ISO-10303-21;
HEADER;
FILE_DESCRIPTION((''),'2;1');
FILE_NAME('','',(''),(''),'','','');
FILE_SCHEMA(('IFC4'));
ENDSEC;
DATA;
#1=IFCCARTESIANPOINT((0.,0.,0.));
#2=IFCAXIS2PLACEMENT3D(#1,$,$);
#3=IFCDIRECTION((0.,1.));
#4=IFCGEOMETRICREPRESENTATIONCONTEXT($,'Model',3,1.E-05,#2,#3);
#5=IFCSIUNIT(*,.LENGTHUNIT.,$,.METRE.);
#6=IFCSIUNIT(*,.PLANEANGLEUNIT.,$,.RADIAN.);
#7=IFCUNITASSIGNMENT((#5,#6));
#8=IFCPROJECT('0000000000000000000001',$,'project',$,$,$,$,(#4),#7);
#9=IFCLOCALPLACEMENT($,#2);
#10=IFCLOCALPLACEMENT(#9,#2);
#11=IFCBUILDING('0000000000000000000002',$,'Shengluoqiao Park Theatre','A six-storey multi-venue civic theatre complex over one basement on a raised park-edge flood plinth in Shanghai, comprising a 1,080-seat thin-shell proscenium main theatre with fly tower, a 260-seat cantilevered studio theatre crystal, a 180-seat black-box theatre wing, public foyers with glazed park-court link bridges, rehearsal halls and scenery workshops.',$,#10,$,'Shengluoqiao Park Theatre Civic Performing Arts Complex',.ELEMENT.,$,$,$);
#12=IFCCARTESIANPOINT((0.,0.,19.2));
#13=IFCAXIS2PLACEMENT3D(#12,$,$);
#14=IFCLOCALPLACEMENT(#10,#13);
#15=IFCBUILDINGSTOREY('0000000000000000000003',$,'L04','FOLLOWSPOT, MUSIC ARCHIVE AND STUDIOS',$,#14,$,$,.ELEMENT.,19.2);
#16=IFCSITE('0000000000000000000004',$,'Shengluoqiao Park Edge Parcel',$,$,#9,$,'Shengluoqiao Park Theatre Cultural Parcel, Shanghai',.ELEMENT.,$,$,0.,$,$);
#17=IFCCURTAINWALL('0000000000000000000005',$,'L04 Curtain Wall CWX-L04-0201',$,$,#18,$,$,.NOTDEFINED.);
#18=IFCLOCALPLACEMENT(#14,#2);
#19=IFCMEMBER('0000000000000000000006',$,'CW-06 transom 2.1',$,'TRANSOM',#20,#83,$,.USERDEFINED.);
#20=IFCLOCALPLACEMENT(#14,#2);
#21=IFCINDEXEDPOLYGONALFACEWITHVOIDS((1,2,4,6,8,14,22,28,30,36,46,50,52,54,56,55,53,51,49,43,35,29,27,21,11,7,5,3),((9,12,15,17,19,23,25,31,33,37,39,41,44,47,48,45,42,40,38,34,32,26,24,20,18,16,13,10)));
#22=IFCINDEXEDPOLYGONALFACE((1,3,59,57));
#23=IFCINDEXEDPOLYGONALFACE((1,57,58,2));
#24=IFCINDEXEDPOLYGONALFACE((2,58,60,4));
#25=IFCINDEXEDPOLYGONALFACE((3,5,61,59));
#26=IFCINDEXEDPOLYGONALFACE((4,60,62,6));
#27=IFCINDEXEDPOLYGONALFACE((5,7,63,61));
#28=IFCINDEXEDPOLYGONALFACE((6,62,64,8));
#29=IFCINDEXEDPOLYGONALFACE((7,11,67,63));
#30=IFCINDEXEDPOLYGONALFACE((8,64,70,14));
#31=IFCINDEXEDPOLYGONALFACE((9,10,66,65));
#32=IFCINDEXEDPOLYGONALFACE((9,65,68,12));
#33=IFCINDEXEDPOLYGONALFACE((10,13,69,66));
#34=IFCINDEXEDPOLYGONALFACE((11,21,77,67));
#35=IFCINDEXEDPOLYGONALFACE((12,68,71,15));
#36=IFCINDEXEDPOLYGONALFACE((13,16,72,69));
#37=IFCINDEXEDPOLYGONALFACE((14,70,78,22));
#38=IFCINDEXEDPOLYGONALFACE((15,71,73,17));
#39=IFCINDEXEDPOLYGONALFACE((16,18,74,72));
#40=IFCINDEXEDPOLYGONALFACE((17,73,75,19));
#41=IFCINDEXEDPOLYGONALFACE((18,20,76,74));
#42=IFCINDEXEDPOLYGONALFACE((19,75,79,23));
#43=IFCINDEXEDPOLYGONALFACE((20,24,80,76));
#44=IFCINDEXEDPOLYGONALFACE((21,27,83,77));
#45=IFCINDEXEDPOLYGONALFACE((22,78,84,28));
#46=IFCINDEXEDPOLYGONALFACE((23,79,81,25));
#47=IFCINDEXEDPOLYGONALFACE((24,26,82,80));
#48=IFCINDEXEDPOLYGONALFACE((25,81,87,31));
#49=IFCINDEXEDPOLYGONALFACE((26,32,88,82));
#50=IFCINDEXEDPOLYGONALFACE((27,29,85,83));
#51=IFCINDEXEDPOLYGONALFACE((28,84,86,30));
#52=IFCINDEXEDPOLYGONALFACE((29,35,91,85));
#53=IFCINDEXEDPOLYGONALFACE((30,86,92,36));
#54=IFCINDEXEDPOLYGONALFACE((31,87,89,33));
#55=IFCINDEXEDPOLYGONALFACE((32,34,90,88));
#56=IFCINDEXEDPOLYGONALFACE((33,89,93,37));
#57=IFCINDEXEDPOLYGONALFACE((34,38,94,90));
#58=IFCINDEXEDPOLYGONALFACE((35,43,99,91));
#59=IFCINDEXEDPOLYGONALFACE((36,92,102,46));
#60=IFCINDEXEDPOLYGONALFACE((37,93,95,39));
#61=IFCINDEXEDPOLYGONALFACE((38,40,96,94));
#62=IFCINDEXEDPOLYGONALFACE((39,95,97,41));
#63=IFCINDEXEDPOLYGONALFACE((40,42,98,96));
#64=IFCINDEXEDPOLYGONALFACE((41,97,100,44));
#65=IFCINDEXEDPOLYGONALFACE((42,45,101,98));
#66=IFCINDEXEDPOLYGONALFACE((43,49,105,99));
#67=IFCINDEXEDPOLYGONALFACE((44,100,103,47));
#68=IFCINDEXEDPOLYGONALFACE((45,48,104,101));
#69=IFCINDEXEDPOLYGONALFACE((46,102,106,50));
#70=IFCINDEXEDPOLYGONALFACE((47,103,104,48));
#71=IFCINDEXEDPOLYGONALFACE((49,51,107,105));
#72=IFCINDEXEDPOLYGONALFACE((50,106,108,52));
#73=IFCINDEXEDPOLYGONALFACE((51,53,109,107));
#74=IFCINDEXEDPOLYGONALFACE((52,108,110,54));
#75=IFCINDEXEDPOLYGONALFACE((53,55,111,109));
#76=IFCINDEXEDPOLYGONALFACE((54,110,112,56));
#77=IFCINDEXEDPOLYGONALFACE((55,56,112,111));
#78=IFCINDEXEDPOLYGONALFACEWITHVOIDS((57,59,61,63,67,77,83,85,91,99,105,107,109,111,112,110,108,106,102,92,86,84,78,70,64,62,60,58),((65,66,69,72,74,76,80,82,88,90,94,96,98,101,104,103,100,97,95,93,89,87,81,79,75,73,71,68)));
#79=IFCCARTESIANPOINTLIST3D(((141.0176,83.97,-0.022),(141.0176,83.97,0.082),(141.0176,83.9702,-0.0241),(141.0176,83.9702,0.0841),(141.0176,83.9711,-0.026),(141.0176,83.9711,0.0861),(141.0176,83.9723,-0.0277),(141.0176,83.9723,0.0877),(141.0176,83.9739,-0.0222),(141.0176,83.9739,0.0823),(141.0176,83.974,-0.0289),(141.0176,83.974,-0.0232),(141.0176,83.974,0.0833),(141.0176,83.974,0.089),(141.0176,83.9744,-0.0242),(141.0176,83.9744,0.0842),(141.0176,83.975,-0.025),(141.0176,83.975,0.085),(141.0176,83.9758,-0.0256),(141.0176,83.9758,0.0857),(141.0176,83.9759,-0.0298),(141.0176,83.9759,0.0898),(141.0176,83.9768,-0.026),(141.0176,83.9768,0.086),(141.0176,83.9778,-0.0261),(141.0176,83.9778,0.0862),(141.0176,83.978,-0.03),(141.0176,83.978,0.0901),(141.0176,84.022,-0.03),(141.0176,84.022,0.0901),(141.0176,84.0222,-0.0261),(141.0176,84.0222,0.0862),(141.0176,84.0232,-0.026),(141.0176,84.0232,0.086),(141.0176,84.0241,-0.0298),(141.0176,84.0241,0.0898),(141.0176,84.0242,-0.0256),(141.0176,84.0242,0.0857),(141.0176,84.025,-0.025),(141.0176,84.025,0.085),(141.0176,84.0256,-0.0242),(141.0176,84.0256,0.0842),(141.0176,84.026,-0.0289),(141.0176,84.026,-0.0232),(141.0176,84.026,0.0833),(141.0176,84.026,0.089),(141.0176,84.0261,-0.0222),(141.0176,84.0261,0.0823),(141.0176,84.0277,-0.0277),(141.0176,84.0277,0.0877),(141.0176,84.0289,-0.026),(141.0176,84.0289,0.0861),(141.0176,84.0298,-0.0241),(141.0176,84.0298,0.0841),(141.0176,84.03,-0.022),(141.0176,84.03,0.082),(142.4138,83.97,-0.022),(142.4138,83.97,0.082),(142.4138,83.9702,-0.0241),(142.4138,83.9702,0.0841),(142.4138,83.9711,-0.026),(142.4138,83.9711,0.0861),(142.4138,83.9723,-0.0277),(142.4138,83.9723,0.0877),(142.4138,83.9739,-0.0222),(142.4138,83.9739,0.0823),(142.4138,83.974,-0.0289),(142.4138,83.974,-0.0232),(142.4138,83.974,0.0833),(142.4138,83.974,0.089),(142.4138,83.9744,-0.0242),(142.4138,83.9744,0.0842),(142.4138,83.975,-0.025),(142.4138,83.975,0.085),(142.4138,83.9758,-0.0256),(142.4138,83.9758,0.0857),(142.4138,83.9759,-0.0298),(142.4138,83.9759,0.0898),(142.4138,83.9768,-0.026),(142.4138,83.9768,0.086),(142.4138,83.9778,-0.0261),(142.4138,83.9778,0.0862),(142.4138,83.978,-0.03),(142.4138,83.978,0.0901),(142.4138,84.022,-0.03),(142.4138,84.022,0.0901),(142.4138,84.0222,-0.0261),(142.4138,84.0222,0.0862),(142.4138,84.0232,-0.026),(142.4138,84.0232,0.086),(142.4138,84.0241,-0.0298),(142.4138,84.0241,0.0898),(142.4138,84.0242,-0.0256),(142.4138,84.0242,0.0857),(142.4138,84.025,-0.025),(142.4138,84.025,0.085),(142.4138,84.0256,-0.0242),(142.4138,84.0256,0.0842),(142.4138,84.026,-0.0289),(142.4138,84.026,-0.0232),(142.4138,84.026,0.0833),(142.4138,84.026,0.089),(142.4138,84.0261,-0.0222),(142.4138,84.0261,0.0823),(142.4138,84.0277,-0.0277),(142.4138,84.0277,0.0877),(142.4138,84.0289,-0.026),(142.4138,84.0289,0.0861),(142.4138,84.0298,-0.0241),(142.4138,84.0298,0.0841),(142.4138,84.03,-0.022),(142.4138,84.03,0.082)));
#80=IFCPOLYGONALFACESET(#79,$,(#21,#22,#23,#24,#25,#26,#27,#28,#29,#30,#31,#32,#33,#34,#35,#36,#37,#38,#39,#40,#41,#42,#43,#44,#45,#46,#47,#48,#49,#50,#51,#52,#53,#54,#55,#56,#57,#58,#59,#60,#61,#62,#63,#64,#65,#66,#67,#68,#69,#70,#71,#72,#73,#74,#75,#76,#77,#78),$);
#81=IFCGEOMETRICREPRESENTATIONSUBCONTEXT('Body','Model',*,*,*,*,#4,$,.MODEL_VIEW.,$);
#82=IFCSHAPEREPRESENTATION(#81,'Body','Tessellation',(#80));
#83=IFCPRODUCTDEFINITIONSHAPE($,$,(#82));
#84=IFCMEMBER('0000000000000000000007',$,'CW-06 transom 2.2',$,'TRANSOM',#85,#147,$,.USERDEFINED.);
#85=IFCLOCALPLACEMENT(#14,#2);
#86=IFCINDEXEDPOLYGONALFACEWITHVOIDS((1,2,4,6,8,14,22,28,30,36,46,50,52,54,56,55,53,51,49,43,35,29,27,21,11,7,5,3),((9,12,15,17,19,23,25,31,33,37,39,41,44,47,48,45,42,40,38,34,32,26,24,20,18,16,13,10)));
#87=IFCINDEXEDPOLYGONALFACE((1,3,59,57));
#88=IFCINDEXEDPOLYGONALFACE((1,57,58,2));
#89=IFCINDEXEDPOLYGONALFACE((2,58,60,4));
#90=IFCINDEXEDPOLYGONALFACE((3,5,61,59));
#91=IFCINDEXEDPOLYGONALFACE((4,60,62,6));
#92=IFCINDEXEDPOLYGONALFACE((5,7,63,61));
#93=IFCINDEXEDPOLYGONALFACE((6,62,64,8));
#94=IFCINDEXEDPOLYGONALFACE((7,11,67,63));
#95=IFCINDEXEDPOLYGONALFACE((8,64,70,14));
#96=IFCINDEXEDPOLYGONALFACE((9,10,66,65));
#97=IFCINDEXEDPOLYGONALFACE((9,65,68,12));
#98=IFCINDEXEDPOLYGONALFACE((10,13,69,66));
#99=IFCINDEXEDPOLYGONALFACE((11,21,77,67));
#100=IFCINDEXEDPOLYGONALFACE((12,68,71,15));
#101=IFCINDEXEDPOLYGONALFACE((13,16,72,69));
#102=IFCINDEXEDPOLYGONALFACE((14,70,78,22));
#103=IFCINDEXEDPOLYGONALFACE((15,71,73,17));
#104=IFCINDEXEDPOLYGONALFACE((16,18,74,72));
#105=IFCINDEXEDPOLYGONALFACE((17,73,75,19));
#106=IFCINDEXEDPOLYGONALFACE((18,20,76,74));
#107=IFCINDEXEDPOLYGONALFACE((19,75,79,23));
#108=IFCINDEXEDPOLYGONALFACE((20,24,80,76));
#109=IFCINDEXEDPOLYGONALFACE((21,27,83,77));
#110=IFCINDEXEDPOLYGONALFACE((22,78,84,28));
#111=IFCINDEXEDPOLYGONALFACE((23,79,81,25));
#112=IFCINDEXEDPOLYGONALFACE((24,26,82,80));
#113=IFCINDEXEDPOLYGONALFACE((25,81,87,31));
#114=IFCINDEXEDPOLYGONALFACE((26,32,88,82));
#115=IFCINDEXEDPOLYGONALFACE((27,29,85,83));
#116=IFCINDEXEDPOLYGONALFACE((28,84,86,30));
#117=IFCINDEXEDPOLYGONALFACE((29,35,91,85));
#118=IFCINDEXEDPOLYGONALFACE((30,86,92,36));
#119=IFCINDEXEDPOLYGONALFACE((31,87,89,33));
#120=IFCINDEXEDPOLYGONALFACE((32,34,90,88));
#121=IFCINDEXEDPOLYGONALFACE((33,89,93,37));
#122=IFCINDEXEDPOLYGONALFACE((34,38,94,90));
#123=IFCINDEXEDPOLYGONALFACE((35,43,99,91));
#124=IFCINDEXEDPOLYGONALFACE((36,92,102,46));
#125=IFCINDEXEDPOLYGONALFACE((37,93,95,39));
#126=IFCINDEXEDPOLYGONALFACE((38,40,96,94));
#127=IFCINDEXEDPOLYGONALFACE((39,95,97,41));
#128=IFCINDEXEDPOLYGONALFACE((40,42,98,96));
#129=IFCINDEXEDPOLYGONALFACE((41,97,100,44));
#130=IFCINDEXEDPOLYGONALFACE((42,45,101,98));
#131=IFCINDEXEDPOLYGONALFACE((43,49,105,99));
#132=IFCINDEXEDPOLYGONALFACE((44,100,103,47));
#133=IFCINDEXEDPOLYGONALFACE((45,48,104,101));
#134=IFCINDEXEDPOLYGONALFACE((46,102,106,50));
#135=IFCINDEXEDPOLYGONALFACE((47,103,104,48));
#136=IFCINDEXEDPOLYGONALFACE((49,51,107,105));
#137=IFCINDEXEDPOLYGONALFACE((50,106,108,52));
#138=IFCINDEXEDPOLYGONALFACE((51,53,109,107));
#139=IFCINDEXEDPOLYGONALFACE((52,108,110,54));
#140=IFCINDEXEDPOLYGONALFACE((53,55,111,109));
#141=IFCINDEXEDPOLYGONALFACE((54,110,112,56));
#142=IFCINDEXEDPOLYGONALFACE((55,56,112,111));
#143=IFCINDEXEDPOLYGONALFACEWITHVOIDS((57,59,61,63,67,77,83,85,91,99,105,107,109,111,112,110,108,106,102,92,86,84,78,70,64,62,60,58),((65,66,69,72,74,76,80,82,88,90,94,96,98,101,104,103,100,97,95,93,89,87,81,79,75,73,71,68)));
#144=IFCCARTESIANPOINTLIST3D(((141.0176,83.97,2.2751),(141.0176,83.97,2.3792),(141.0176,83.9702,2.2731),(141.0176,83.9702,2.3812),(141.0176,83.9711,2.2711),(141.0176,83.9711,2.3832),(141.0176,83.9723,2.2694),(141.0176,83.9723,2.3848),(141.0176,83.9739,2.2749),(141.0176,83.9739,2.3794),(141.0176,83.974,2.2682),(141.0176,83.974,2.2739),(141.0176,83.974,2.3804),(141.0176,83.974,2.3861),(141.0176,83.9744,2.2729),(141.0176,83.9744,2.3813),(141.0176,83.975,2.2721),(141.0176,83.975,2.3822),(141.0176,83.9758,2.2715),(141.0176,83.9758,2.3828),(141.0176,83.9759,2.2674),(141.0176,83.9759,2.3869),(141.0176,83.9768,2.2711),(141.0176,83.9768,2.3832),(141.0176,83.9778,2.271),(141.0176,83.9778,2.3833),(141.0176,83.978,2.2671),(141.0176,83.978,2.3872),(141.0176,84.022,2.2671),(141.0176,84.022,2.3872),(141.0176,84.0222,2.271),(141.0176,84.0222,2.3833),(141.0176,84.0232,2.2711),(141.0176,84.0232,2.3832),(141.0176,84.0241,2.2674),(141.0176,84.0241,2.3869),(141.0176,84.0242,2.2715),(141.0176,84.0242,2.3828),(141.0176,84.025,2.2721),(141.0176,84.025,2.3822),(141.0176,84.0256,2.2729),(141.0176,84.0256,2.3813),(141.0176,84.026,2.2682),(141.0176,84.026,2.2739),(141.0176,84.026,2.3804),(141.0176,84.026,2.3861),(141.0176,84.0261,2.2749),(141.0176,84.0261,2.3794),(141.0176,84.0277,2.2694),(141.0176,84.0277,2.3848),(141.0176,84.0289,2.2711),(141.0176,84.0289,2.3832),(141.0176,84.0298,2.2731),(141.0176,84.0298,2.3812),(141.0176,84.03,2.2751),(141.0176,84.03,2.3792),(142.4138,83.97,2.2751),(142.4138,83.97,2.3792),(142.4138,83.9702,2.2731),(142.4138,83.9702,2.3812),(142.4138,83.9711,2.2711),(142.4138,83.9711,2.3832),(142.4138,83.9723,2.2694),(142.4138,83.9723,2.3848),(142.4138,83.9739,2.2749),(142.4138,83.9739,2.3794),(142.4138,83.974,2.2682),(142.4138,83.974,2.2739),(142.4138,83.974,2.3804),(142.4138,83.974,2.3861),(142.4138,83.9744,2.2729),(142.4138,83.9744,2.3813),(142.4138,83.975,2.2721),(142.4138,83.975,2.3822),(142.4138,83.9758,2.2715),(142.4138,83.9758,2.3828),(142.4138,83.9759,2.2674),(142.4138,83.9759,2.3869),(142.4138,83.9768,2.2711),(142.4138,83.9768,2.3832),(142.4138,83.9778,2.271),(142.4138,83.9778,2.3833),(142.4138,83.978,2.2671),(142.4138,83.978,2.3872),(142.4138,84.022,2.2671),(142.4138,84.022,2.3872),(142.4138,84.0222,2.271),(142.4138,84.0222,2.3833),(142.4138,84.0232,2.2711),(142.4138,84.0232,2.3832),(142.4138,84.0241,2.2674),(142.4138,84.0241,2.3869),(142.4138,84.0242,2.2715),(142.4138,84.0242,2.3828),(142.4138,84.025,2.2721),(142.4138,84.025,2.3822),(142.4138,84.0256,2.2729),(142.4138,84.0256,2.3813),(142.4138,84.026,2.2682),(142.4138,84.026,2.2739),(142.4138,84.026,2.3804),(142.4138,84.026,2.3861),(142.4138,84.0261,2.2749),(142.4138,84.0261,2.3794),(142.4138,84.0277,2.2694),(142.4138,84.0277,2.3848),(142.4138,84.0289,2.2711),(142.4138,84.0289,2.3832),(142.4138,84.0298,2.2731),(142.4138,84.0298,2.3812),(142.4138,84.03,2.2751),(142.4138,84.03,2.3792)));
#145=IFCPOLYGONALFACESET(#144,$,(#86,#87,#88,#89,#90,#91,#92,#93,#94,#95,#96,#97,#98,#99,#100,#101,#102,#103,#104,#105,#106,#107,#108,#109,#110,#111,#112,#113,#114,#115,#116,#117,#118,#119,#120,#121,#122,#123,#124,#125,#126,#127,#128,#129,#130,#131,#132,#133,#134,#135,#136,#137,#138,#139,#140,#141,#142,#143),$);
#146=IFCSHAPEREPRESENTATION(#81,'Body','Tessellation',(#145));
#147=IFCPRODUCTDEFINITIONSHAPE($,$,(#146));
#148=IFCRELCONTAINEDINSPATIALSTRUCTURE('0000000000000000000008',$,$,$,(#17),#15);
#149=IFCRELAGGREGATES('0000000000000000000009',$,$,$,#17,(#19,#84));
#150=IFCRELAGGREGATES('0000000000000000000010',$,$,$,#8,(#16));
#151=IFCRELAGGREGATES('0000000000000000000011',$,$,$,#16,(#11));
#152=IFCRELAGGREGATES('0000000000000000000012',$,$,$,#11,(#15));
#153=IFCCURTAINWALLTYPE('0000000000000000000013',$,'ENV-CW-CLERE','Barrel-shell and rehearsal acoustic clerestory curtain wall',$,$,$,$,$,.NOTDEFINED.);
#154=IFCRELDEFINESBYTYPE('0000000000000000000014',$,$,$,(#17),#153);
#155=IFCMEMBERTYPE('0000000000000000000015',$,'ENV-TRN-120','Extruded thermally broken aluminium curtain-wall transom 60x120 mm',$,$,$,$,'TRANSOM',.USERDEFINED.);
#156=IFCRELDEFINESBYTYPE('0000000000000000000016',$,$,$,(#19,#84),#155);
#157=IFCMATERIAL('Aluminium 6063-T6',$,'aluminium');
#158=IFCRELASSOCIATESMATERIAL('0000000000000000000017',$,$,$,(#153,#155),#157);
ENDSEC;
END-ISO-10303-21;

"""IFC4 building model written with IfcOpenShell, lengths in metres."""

from ifc_helpers import new_model, si_unit, direction, frame, origin, origin_2d, place, context, subcontext, project, spatial, hollow_rectangle, extrude, material, material_profile, profile_set, type_object, element, aggregate, save


model = new_model("IFC4")

# Units and contexts
model_context = context("Model", 3, precision=1e-05, world=origin(), true_north=direction((0.0, 1.0)))
body_context = subcontext(model_context, "Body", "Model", "MODEL_VIEW")
ifc_project = project(units=[si_unit("LENGTHUNIT", "METRE"), si_unit("PLANEANGLEUNIT", "RADIAN")], contexts=[model_context])

# Site, building, storey
site_placement = place(None, origin())
site = spatial("IfcSite", under=ifc_project, at=site_placement, Name="Shengluoqiao Park Edge Parcel", LongName="Shengluoqiao Park Theatre Cultural Parcel, Shanghai", CompositionType="ELEMENT", RefElevation=0.0)
building_placement = place(site_placement, origin())
building = spatial("IfcBuilding", under=site, at=building_placement, Name="Shengluoqiao Park Theatre", Description="A six-storey multi-venue civic theatre complex over one basement on a raised park-edge flood plinth in Shanghai, comprising a 1,080-seat thin-shell proscenium main theatre with fly tower, a 260-seat cantilevered studio theatre crystal, a 180-seat black-box theatre wing, public foyers with glazed park-court link bridges, rehearsal halls and scenery workshops.", LongName="Shengluoqiao Park Theatre Civic Performing Arts Complex", CompositionType="ELEMENT")
storey_placement = place(building_placement, frame((0.0, 0.0, 19.2)))
storey = spatial("IfcBuildingStorey", under=building, at=storey_placement, Name="L04", Description="FOLLOWSPOT, MUSIC ARCHIVE AND STUDIOS", CompositionType="ELEMENT", Elevation=19.2)

# Curtain wall, members
ifc_material_1 = material(Name="Aluminium 6063-T6", Category="aluminium")
curtain_wall_type = type_object("IfcCurtainWallType", Name="ENV-CW-CLERE", Description="Barrel-shell and rehearsal acoustic clerestory curtain wall", PredefinedType="NOTDEFINED", material=ifc_material_1)
curtain_wall_placement = place(storey_placement, origin())
curtain_wall = element("IfcCurtainWall", 1, at=curtain_wall_placement, inside=storey, type_object=curtain_wall_type, Name="L04 Curtain Wall CWX-L04-0201", PredefinedType="NOTDEFINED")
ifc_material_profile_1 = material_profile(ifc_material_1, hollow_rectangle(XDim=0.0601, YDim=0.1201, WallThickness=0.0039, InnerFilletRadius=0.0039, OuterFilletRadius=0.0081, at=origin_2d()), Name="ALU TRANSOM 120x60x4")
ifc_profile_set_1 = profile_set([ifc_material_profile_1], Name="Aluminium 6063-T6")
member_type_1 = type_object("IfcMemberType", Name="ENV-TRN-120", Description="Extruded thermally broken aluminium curtain-wall transom 60x120 mm", ElementType="TRANSOM", PredefinedType="USERDEFINED", material=ifc_profile_set_1)
member_1_placement = place(storey_placement, frame((141.0176, 84.0, 0.03), z_axis=(1.0, 0.0, 0.0), x_axis=(0.0, 1.0, 0.0)))
member_1 = element("IfcMember", 2, at=member_1_placement, type_object=member_type_1, Name="CW-06 transom 2.1", ObjectType="TRANSOM", PredefinedType="USERDEFINED", context=body_context, shape_type="SweptSolid", body=[
    extrude(hollow_rectangle(XDim=0.0601, YDim=0.1201, WallThickness=0.0039, InnerFilletRadius=0.0039, OuterFilletRadius=0.0081, at=origin_2d()), origin(), (0.0, 0.0, 1.0), 1.3962),
])
member_2_placement = place(storey_placement, frame((141.0176, 84.0, 2.3271), z_axis=(1.0, 0.0, 0.0), x_axis=(0.0, 1.0, 0.0)))
member_2 = element("IfcMember", 3, at=member_2_placement, type_object=member_type_1, Name="CW-06 transom 2.2", ObjectType="TRANSOM", PredefinedType="USERDEFINED", context=body_context, shape_type="SweptSolid", body=[
    extrude(hollow_rectangle(XDim=0.0601, YDim=0.1201, WallThickness=0.0039, InnerFilletRadius=0.0039, OuterFilletRadius=0.0081, at=origin_2d()), origin(), (0.0, 0.0, 1.0), 1.3962),
])

aggregate(curtain_wall, [member_1, member_2])

save(model, "model.ifc")
